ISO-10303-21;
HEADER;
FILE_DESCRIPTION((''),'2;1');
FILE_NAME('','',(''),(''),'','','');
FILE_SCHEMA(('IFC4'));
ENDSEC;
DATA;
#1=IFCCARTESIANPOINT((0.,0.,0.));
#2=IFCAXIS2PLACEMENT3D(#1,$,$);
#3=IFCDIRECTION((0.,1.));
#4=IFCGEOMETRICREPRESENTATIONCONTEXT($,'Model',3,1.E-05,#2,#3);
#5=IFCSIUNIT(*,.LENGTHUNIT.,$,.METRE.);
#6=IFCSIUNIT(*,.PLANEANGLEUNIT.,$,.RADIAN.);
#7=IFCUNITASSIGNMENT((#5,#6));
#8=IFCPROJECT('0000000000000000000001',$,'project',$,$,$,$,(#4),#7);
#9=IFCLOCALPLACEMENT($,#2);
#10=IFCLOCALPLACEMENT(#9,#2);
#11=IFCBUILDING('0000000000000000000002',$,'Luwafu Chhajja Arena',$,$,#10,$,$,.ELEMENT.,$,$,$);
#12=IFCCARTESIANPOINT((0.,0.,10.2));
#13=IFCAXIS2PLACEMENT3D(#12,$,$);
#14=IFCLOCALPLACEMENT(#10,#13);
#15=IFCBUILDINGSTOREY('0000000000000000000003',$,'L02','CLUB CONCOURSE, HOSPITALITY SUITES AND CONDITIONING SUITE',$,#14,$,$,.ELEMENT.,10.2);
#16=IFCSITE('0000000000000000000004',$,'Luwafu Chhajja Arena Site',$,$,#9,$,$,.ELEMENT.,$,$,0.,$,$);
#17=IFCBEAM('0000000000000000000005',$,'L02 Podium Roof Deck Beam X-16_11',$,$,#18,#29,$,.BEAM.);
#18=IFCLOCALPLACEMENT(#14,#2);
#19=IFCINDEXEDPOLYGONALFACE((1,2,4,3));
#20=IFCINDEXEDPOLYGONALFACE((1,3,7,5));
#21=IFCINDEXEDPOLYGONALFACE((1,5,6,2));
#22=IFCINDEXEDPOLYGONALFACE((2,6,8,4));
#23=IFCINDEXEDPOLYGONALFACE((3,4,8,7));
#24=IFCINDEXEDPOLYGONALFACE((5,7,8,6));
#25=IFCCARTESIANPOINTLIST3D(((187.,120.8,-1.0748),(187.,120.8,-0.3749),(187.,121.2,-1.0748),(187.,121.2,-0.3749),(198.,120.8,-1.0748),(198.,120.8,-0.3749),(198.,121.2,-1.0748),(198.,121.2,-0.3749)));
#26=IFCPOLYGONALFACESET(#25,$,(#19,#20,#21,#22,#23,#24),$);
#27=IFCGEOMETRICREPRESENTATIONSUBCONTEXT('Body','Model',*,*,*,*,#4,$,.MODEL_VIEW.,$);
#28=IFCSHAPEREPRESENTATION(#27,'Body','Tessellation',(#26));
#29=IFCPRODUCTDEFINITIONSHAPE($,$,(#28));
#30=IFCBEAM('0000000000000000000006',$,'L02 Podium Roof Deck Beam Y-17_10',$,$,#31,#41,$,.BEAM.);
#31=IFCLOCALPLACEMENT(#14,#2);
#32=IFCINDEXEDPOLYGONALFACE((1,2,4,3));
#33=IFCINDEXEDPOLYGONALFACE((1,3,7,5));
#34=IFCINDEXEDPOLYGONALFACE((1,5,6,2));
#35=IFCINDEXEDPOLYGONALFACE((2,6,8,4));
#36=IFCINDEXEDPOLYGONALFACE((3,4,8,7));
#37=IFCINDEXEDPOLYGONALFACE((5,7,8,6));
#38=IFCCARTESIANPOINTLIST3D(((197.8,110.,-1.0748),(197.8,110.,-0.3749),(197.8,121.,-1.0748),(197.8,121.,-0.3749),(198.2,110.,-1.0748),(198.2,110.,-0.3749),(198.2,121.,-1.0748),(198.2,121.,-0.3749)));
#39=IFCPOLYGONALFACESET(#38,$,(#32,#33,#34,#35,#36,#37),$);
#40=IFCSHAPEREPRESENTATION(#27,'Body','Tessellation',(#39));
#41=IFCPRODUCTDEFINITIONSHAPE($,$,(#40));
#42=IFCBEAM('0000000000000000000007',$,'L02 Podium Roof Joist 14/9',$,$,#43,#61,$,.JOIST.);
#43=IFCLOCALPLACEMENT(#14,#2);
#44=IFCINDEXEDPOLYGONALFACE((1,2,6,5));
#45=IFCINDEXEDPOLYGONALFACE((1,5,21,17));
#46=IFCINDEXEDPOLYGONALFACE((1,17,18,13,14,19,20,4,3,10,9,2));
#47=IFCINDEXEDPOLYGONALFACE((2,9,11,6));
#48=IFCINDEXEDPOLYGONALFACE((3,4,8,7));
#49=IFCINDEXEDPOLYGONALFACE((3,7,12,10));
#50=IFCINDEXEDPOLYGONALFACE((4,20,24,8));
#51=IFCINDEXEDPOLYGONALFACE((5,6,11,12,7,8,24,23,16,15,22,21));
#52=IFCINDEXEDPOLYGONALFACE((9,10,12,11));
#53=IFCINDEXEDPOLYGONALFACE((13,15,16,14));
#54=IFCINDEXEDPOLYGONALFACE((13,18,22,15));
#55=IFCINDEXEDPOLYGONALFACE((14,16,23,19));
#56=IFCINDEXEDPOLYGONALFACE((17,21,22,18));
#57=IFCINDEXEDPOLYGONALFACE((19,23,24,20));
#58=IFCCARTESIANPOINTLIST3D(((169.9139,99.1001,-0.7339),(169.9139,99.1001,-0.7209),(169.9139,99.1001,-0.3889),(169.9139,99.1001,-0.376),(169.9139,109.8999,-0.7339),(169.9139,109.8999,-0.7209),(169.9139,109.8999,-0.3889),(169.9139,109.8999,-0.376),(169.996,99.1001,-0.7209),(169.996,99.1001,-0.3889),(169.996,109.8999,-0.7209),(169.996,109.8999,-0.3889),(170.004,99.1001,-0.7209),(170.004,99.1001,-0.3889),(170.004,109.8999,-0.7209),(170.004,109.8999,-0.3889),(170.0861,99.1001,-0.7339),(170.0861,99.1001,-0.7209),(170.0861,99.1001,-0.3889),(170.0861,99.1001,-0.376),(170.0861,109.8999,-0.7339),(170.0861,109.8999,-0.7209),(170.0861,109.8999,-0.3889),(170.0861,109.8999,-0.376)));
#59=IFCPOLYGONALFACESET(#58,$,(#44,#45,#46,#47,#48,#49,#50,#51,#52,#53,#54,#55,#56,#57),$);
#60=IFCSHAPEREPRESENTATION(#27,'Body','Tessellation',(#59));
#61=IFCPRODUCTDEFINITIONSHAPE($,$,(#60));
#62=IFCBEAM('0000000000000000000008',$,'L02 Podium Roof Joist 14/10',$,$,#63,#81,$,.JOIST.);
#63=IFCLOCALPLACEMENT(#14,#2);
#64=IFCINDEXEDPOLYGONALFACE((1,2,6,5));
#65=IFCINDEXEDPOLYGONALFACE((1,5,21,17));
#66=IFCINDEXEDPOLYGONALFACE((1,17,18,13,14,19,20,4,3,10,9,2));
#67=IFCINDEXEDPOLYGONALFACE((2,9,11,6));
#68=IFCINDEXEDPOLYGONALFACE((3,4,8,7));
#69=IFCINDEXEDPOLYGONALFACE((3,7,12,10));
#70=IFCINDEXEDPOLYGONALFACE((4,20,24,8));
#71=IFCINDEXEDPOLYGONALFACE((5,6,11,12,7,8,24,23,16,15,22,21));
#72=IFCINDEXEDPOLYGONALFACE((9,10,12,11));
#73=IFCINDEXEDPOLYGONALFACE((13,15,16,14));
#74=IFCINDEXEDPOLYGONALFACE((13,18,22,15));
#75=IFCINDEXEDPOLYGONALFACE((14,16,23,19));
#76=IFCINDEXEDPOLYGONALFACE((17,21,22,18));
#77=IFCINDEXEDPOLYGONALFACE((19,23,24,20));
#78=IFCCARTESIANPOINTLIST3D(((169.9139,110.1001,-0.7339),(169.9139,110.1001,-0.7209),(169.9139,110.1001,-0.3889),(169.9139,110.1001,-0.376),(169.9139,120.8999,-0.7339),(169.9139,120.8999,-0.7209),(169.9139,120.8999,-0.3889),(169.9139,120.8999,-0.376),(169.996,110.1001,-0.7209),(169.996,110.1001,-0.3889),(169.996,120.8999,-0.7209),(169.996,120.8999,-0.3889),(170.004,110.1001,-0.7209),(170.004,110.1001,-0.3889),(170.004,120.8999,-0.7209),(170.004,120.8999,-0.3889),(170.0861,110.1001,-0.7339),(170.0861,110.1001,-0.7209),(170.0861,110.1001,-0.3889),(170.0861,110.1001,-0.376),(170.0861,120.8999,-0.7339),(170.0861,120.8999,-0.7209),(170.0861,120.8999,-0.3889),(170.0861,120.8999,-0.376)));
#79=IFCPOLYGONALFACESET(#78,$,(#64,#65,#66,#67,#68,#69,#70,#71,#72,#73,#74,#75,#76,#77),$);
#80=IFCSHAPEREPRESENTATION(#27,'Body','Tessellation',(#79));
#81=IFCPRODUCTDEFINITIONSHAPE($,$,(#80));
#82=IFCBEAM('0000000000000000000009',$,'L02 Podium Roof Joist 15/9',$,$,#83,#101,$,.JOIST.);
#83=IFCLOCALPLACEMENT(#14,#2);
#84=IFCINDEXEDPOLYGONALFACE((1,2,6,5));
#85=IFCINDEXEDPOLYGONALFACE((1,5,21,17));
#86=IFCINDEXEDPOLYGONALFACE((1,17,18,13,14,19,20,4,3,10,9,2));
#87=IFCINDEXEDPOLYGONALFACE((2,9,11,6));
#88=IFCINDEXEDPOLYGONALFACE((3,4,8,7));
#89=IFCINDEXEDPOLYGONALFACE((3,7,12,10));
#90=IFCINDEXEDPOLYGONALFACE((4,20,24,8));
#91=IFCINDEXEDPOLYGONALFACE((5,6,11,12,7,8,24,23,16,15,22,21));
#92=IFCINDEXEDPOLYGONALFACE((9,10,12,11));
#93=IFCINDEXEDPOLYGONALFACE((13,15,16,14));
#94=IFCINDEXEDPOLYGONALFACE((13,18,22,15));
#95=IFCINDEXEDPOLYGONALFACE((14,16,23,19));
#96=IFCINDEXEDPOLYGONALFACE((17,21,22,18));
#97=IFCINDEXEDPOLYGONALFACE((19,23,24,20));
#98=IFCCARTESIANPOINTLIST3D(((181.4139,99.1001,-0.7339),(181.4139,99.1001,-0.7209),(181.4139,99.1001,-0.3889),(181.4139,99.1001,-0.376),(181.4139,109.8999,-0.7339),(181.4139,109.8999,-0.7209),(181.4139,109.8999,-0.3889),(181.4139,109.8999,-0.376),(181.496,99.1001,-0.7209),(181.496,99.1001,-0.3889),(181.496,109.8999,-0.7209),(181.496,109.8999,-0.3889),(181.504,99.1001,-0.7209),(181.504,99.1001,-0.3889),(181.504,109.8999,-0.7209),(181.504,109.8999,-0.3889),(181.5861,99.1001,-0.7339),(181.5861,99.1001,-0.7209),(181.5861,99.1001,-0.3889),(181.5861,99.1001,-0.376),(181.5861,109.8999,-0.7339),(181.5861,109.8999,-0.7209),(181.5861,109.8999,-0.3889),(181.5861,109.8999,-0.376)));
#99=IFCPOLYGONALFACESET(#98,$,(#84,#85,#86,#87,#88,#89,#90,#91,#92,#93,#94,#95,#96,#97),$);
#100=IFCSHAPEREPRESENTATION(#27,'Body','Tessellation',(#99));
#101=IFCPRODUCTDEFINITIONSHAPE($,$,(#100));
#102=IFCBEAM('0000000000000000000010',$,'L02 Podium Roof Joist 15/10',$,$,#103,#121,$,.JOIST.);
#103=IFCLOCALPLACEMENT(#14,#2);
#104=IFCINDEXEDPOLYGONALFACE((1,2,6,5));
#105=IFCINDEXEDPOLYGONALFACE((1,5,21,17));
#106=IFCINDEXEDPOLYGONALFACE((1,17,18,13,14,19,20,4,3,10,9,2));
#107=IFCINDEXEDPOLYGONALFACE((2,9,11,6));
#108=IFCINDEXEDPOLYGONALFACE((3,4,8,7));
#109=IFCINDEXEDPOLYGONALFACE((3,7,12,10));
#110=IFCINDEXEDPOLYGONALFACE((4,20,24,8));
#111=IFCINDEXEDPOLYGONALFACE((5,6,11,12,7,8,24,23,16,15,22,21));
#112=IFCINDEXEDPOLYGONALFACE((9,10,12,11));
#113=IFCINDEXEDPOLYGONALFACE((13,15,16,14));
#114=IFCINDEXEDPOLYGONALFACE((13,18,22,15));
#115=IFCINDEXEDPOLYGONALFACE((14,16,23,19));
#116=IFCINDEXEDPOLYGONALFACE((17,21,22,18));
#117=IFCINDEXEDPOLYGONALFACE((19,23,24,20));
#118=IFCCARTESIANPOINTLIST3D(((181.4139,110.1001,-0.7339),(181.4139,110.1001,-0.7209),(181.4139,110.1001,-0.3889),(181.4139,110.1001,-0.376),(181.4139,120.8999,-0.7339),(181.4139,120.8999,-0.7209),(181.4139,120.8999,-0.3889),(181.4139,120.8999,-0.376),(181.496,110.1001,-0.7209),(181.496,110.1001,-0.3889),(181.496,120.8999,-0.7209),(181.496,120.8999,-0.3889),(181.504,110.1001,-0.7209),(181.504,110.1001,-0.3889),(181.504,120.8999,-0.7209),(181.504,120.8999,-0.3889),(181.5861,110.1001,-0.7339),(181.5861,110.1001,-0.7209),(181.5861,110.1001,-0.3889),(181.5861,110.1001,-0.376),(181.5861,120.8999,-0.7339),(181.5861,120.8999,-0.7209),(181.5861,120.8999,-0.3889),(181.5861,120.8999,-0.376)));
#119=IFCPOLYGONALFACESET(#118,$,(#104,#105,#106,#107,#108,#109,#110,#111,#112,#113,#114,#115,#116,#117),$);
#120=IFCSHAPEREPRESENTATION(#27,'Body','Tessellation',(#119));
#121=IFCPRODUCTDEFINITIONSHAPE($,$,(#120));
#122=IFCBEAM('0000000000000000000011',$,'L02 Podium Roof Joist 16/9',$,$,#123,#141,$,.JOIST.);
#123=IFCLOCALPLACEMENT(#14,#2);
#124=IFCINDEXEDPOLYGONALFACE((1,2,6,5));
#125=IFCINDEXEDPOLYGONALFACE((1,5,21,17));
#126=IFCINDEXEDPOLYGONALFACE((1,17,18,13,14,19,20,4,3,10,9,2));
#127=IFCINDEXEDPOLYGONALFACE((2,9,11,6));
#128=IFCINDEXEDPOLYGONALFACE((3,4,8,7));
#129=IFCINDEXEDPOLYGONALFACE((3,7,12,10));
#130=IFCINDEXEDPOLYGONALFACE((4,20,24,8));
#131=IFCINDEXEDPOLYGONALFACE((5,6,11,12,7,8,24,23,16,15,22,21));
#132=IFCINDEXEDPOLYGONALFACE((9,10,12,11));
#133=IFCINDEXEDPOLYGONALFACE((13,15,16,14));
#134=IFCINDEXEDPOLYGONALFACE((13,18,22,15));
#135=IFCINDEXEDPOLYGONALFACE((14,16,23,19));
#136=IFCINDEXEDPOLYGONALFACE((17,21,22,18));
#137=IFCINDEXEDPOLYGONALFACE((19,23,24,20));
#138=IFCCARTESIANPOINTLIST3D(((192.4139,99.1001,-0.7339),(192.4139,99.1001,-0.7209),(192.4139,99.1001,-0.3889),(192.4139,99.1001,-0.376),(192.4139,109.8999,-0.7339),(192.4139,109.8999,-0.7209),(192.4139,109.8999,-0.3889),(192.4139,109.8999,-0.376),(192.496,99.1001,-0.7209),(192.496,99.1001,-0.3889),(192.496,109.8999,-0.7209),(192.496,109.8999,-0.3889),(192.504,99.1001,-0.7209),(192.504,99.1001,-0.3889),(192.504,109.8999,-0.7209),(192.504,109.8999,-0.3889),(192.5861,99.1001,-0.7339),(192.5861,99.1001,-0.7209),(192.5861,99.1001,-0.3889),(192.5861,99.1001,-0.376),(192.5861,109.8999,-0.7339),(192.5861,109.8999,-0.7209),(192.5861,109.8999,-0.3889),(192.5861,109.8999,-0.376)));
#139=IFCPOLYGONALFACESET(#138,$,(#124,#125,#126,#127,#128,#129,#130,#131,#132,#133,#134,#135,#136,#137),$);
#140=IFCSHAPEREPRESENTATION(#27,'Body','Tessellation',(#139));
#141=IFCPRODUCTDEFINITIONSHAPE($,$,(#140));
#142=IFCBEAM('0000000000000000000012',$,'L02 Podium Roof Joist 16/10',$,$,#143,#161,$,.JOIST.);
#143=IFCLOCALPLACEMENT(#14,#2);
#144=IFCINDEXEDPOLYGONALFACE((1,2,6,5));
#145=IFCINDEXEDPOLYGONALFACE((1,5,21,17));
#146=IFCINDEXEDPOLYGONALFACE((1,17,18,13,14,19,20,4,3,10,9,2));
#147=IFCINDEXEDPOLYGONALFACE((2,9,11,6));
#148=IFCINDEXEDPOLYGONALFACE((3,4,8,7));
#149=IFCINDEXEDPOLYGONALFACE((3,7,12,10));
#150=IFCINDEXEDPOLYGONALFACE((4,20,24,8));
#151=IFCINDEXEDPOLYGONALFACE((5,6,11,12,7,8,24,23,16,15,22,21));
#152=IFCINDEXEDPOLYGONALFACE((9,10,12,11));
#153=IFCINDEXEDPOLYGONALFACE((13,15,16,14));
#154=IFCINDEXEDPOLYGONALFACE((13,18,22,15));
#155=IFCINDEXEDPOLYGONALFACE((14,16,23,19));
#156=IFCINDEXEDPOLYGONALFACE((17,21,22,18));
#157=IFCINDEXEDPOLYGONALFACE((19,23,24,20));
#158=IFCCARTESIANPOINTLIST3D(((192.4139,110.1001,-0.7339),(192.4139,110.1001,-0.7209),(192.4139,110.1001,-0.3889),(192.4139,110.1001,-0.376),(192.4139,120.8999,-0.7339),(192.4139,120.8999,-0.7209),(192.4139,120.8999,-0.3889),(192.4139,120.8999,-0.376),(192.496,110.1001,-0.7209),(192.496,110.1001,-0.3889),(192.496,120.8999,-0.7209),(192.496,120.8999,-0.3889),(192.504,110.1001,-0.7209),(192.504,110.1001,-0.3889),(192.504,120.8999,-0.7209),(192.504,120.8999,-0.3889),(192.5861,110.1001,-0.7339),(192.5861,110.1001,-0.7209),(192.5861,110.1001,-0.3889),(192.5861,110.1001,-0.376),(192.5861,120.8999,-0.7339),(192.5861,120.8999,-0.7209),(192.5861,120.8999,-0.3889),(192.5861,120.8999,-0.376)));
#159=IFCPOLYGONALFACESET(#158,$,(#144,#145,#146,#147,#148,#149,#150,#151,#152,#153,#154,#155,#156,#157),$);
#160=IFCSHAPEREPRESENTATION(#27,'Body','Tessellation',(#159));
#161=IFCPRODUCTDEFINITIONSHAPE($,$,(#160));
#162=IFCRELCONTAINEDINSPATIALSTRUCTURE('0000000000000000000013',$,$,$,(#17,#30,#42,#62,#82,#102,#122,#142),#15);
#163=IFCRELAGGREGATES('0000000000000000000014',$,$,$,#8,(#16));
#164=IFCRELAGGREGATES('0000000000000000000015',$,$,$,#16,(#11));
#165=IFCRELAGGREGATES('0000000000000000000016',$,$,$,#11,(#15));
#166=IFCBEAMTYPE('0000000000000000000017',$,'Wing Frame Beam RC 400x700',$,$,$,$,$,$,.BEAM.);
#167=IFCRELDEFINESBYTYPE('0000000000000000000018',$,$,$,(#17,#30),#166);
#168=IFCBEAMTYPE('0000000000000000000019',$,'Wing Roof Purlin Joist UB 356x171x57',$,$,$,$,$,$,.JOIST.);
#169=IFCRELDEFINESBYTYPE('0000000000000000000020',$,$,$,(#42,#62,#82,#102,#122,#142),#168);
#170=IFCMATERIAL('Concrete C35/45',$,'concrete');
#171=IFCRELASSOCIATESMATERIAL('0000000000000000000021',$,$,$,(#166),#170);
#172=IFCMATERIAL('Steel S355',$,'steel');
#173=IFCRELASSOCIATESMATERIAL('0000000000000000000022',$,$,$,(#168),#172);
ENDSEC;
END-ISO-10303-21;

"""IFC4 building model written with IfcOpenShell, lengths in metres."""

from ifc_helpers import new_model, si_unit, direction, frame, origin, origin_2d, place, context, subcontext, project, spatial, rectangle, i_section, extrude, material, material_profile, profile_set, type_object, element, save


model = new_model("IFC4")

# Units and contexts
model_context = context("Model", 3, precision=1e-05, world=origin(), true_north=direction((0.0, 1.0)))
body_context = subcontext(model_context, "Body", "Model", "MODEL_VIEW")
ifc_project = project(units=[si_unit("LENGTHUNIT", "METRE"), si_unit("PLANEANGLEUNIT", "RADIAN")], contexts=[model_context])

# Site, building, storey
site_placement = place(None, origin())
site = spatial("IfcSite", under=ifc_project, at=site_placement, Name="Luwafu Chhajja Arena Site", CompositionType="ELEMENT", RefElevation=0.0)
building_placement = place(site_placement, origin())
building = spatial("IfcBuilding", under=site, at=building_placement, Name="Luwafu Chhajja Arena", CompositionType="ELEMENT")
storey_placement = place(building_placement, frame((0.0, 0.0, 10.2)))
storey = spatial("IfcBuildingStorey", under=building, at=storey_placement, Name="L02", Description="CLUB CONCOURSE, HOSPITALITY SUITES AND CONDITIONING SUITE", CompositionType="ELEMENT", Elevation=10.2)

# Shared definitions
ifc_material_1 = material(Name="Steel S355", Category="steel")

# Beams
ifc_material_2 = material(Name="Concrete C35/45", Category="concrete")
ifc_material_profile_1 = material_profile(ifc_material_2, rectangle(XDim=0.3999, YDim=0.7, at=origin_2d()), Name="RC 400x700")
ifc_profile_set_1 = profile_set([ifc_material_profile_1], Name="Concrete C35/45")
beam_type_1 = type_object("IfcBeamType", Name="Wing Frame Beam RC 400x700", PredefinedType="BEAM", material=ifc_profile_set_1)
for number, where, z_axis, x_axis, name in (
    (1, (187.0, 121.0, -0.7249), (1.0, 0.0, 0.0), (0.0, 1.0, 0.0), "L02 Podium Roof Deck Beam X-16_11"),
    (2, (198.0, 110.0, -0.7249), (0.0, 1.0, 0.0), (-1.0, 0.0, 0.0), "L02 Podium Roof Deck Beam Y-17_10"),
):
    element("IfcBeam", number, at=place(storey_placement, frame(where, z_axis=z_axis, x_axis=x_axis)), inside=storey, type_object=beam_type_1, Name=name, PredefinedType="BEAM", context=body_context, shape_type="SweptSolid", body=[
        extrude(rectangle(XDim=0.3999, YDim=0.7, at=origin_2d()), origin(), (0.0, 0.0, 1.0), 11.0),
    ])
ifc_material_profile_2 = material_profile(ifc_material_1, i_section(OverallWidth=0.1721, OverallDepth=0.3579, WebThickness=0.0081, FlangeThickness=0.0129, at=origin_2d()), Name="UB 356x171x57")
ifc_profile_set_2 = profile_set([ifc_material_profile_2], Name="Steel S355")
beam_type_2 = type_object("IfcBeamType", Name="Wing Roof Purlin Joist UB 356x171x57", PredefinedType="JOIST", material=ifc_profile_set_2)
for number, where, z_axis, x_axis, name in (
    (3, (170.0, 99.1001, -0.5549), (0.0, 1.0, 0.0), (-1.0, 0.0, 0.0), "L02 Podium Roof Joist 14/9"),
    (4, (170.0, 110.1001, -0.5549), (0.0, 1.0, 0.0), (-1.0, 0.0, 0.0), "L02 Podium Roof Joist 14/10"),
    (5, (181.5, 99.1001, -0.5549), (0.0, 1.0, 0.0), (-1.0, 0.0, 0.0), "L02 Podium Roof Joist 15/9"),
    (6, (181.5, 110.1001, -0.5549), (0.0, 1.0, 0.0), (-1.0, 0.0, 0.0), "L02 Podium Roof Joist 15/10"),
    (7, (192.5, 99.1001, -0.5549), (0.0, 1.0, 0.0), (-1.0, 0.0, 0.0), "L02 Podium Roof Joist 16/9"),
    (8, (192.5, 110.1001, -0.5549), (0.0, 1.0, 0.0), (-1.0, 0.0, 0.0), "L02 Podium Roof Joist 16/10"),
):
    element("IfcBeam", number, at=place(storey_placement, frame(where, z_axis=z_axis, x_axis=x_axis)), inside=storey, type_object=beam_type_2, Name=name, PredefinedType="JOIST", context=body_context, shape_type="SweptSolid", body=[
        extrude(i_section(OverallWidth=0.1721, OverallDepth=0.3579, WebThickness=0.0081, FlangeThickness=0.0129, at=origin_2d()), origin(), (0.0, 0.0, 1.0), 10.7998),
    ])

save(model, "model.ifc")
